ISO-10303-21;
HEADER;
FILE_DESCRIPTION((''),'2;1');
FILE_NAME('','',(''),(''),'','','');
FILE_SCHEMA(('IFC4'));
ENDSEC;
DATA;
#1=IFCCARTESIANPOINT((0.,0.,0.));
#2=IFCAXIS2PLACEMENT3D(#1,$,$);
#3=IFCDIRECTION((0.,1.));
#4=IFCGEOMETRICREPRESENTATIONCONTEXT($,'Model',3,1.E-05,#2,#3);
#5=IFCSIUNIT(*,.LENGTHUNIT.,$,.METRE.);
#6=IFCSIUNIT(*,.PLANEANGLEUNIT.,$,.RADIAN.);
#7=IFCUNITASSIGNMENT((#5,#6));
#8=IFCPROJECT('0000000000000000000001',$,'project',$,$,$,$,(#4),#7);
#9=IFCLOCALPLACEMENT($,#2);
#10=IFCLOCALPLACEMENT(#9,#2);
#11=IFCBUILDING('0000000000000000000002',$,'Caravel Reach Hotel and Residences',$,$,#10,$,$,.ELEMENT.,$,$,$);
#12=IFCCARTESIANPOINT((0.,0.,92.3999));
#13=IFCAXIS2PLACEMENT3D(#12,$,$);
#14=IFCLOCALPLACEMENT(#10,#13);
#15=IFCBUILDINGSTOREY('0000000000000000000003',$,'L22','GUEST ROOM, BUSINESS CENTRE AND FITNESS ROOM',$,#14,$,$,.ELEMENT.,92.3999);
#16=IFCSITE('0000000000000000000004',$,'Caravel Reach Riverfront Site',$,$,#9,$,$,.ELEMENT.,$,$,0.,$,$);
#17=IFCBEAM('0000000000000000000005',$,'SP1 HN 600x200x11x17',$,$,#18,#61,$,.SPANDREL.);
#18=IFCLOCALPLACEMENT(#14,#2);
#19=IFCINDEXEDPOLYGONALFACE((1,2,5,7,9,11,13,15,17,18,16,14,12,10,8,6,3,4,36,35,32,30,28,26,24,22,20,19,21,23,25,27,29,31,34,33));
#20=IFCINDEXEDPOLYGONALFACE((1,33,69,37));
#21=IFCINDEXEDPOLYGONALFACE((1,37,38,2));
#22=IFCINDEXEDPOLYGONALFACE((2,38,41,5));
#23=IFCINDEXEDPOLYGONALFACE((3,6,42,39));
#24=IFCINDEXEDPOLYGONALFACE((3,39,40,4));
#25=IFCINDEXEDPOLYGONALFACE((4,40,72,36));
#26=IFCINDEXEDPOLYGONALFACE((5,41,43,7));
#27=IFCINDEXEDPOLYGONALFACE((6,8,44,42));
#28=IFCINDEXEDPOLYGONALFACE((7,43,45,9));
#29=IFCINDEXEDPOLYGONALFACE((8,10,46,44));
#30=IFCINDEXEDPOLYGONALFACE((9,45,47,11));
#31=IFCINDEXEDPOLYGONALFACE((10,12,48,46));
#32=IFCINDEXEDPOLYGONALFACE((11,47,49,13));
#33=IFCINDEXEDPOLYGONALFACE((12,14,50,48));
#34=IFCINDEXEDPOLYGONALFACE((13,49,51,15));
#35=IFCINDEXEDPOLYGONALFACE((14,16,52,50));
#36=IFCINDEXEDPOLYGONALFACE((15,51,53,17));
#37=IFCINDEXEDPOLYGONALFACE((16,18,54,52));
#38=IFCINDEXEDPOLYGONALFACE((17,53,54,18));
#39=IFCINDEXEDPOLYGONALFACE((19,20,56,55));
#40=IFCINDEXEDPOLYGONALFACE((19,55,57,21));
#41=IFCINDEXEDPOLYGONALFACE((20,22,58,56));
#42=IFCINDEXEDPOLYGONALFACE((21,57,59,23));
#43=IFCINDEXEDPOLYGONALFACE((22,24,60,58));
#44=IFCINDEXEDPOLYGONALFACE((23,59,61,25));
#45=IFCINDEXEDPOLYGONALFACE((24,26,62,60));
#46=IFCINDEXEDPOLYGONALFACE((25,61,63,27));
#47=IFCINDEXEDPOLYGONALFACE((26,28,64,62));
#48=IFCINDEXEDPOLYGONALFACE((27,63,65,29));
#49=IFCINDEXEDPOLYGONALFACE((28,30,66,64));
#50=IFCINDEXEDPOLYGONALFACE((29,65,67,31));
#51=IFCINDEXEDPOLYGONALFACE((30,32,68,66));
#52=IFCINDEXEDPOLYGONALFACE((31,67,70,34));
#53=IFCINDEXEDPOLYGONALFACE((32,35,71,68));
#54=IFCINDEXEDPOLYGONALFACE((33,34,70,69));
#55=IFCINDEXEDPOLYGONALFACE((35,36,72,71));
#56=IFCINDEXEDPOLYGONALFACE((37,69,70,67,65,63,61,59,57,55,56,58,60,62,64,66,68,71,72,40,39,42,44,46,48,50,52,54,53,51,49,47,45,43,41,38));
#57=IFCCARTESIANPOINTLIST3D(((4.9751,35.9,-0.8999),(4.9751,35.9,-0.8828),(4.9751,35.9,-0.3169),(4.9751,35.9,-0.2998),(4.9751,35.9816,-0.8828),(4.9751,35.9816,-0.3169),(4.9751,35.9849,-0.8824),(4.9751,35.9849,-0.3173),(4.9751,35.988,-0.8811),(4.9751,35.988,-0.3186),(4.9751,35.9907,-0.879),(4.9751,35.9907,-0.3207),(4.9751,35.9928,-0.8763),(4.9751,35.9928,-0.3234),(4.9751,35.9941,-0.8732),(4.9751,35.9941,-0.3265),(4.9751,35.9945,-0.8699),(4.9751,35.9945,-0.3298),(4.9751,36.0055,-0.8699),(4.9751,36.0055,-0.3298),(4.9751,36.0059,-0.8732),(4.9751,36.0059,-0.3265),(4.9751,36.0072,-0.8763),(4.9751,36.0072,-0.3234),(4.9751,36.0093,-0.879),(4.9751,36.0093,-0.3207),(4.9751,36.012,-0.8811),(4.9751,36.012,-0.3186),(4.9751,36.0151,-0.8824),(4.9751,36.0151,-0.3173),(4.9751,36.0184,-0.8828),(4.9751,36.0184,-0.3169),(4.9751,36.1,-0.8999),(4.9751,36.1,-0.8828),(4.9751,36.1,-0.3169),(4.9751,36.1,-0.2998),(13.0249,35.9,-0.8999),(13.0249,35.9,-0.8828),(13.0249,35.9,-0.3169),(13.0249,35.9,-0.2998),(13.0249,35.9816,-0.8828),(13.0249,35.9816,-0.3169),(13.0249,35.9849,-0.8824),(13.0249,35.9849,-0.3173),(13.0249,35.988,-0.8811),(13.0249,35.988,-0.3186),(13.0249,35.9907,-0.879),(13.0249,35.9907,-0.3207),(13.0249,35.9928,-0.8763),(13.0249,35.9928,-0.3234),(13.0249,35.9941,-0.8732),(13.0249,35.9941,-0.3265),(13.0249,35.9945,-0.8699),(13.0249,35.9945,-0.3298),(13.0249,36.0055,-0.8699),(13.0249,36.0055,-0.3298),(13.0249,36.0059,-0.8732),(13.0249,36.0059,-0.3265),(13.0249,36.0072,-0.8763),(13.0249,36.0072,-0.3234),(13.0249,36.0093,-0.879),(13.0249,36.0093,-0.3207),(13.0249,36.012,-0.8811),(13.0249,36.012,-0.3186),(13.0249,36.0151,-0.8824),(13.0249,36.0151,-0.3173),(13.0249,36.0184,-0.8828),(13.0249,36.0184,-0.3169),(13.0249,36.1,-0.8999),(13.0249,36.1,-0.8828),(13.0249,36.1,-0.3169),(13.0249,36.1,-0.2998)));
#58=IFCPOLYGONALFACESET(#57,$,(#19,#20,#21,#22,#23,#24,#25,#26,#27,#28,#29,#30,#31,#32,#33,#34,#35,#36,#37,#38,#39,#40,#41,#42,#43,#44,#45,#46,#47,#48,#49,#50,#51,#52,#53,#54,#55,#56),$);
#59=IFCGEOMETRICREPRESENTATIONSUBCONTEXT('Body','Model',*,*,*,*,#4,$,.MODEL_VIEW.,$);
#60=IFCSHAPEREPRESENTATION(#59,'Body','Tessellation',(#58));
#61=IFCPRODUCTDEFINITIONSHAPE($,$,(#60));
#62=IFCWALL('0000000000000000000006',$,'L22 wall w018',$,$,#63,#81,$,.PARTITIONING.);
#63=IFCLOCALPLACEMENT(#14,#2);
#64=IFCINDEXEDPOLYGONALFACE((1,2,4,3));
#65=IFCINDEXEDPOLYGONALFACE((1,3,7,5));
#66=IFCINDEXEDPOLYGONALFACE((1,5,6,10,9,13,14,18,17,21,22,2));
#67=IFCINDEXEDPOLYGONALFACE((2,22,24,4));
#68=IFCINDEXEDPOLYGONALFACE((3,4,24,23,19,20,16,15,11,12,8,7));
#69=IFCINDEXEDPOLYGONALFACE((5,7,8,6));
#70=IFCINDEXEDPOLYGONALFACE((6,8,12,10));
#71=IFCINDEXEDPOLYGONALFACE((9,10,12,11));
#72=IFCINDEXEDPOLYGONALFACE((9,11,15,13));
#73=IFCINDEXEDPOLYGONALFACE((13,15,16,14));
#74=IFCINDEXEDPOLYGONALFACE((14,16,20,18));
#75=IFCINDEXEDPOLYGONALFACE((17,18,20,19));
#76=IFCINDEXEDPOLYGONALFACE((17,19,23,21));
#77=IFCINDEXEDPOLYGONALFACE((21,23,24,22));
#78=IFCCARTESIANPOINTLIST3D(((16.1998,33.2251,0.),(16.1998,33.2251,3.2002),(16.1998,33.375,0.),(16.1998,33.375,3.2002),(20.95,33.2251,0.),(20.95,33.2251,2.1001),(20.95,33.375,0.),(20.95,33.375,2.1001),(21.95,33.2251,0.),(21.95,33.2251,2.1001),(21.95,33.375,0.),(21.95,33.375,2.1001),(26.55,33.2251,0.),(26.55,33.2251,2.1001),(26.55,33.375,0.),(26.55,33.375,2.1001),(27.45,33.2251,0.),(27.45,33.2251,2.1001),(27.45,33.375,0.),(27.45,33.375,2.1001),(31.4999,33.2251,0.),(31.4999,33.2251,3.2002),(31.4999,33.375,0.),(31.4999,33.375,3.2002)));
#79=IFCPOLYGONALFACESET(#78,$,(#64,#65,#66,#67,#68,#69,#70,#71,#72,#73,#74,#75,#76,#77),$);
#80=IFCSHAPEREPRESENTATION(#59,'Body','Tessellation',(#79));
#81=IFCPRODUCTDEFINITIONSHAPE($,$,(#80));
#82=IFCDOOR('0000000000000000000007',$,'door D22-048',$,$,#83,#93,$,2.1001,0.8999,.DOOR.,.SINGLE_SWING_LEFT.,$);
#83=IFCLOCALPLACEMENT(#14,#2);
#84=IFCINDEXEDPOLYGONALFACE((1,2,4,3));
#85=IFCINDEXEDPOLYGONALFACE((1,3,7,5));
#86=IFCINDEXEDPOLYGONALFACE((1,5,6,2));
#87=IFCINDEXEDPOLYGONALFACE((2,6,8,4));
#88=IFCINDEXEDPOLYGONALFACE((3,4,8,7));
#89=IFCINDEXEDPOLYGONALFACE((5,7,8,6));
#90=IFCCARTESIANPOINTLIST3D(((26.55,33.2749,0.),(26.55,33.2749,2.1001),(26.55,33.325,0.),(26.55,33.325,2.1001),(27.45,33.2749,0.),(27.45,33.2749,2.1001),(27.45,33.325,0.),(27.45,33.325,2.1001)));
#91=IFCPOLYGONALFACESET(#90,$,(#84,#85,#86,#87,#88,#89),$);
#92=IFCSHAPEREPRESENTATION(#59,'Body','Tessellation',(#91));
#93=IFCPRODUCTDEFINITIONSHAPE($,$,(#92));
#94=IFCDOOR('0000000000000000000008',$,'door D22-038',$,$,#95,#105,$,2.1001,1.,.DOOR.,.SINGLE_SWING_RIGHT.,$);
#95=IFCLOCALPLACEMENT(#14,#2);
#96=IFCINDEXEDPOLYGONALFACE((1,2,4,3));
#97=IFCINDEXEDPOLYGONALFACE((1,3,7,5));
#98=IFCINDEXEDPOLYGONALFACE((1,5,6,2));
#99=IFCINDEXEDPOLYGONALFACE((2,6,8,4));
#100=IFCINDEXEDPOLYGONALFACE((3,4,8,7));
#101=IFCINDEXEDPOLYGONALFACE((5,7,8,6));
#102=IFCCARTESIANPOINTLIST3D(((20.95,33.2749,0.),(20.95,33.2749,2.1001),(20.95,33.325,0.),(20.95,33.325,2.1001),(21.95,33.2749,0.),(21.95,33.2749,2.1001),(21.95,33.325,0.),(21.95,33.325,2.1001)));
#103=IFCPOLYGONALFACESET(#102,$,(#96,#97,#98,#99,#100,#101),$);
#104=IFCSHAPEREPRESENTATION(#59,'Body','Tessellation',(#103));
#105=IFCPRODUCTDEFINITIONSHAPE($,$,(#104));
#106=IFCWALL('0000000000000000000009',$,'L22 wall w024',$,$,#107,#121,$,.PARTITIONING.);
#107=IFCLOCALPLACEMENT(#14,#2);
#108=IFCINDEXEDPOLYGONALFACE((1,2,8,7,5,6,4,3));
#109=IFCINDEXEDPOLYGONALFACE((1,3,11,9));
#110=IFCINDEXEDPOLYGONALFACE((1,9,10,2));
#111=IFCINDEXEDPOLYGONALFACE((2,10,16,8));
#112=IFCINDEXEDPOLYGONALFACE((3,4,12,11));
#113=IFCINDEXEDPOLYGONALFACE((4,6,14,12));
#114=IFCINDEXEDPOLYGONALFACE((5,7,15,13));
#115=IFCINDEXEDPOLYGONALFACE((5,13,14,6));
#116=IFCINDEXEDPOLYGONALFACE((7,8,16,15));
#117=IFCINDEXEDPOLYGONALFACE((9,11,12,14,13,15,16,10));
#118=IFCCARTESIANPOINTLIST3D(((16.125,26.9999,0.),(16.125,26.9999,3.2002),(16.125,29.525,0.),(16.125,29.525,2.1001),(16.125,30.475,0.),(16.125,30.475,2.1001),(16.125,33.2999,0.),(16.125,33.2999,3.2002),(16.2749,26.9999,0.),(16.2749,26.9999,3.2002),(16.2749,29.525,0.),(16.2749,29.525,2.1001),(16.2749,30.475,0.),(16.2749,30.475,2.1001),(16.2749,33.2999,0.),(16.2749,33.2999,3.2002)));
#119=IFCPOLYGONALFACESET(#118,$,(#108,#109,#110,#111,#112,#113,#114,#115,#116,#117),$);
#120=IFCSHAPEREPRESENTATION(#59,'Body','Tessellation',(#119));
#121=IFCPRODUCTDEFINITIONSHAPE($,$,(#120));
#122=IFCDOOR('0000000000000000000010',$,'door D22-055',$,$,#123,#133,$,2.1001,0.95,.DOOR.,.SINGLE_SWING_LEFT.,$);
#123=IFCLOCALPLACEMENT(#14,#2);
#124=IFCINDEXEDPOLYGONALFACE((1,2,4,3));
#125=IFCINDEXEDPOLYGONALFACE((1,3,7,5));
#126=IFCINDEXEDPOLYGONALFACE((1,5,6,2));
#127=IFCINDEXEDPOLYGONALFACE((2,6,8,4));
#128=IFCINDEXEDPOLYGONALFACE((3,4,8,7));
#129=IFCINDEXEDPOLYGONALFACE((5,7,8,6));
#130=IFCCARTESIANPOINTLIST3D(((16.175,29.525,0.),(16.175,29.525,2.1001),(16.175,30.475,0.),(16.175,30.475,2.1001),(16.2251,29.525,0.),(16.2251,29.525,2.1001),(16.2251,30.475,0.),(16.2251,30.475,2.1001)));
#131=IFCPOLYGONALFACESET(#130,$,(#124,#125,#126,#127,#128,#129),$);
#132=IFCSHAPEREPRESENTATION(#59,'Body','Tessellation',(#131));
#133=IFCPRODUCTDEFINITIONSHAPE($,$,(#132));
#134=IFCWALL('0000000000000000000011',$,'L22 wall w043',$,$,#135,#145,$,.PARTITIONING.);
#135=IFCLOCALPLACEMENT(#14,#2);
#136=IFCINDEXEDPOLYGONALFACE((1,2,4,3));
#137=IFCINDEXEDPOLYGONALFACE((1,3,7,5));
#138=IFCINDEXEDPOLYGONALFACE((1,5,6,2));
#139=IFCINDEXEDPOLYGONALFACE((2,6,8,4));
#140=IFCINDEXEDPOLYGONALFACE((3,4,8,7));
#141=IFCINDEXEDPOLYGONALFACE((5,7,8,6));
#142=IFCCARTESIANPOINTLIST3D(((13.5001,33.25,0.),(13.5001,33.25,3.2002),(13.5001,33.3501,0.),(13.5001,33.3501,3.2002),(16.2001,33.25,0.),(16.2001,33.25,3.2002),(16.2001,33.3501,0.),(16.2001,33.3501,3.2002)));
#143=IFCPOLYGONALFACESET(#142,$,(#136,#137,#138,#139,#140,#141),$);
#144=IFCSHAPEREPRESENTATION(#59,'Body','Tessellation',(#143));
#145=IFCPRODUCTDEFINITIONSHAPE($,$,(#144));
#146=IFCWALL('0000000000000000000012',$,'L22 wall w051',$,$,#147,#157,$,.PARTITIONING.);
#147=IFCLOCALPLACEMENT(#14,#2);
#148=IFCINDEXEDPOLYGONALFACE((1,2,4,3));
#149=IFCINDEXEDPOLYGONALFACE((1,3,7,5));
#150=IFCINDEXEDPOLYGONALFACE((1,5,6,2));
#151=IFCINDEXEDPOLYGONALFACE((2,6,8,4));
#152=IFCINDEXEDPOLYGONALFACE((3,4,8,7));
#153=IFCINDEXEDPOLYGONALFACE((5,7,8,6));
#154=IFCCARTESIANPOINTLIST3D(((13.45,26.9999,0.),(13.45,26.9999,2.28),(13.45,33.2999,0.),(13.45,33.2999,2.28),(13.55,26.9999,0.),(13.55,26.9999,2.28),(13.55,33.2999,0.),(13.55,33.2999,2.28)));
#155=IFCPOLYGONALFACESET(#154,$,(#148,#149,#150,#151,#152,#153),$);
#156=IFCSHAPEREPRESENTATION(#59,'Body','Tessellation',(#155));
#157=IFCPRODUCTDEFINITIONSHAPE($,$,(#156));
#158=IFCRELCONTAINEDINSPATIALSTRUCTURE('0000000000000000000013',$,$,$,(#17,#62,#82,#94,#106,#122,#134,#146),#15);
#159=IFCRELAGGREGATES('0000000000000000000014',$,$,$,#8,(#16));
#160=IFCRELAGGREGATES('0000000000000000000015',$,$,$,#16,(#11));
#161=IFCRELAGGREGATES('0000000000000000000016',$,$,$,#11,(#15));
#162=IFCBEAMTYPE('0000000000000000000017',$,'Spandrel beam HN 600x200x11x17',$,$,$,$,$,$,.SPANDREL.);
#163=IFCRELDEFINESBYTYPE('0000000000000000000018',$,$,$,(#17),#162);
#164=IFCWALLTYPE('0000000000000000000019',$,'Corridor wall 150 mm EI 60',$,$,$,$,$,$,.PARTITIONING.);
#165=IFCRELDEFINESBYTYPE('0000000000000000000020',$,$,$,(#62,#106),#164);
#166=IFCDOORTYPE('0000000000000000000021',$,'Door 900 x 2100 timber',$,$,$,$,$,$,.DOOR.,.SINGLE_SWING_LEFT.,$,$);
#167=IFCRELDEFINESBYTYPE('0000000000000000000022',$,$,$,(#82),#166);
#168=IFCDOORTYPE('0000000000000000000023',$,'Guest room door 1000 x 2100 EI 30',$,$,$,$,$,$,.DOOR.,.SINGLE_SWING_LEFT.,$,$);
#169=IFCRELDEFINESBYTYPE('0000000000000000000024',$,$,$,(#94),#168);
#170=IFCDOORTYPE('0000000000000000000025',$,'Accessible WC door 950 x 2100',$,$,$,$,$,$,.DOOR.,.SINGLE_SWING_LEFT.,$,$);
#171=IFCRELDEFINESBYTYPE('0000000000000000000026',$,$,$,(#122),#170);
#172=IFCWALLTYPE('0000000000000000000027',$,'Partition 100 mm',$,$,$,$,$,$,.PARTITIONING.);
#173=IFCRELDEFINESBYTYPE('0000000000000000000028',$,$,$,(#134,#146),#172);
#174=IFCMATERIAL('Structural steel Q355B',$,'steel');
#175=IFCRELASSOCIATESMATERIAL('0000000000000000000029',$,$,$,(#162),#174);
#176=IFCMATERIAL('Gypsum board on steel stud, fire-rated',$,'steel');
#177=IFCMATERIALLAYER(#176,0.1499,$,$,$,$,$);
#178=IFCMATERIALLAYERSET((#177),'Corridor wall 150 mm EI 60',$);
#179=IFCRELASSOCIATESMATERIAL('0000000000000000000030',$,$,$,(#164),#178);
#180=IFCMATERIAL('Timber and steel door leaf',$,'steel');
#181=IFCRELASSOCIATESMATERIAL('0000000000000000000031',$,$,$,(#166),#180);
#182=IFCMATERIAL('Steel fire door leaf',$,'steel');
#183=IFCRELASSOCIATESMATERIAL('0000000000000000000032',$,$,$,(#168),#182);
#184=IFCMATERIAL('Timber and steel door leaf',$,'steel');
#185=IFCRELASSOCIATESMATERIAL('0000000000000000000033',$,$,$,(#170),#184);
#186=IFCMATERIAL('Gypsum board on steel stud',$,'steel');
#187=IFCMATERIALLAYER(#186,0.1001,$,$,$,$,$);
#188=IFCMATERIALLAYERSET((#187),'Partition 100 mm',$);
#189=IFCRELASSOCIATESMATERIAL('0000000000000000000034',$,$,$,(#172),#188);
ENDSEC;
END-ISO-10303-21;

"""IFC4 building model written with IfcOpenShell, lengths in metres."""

from ifc_helpers import new_model, si_unit, direction, frame, frame_2d, origin, origin_2d, place, context, subcontext, project, spatial, rectangle, i_section, extrude, material, layer, layer_set, material_profile, profile_set, type_object, element, fill, save


model = new_model("IFC4")

# Units and contexts
model_context = context("Model", 3, precision=1e-05, world=origin(), true_north=direction((0.0, 1.0)))
body_context = subcontext(model_context, "Body", "Model", "MODEL_VIEW")
ifc_project = project(units=[si_unit("LENGTHUNIT", "METRE"), si_unit("PLANEANGLEUNIT", "RADIAN")], contexts=[model_context])

# Site, building, storey
site_placement = place(None, origin())
site = spatial("IfcSite", under=ifc_project, at=site_placement, Name="Caravel Reach Riverfront Site", CompositionType="ELEMENT", RefElevation=0.0)
building_placement = place(site_placement, origin())
building = spatial("IfcBuilding", under=site, at=building_placement, Name="Caravel Reach Hotel and Residences", CompositionType="ELEMENT")
storey_placement = place(building_placement, frame((0.0, 0.0, 92.3999)))
storey = spatial("IfcBuildingStorey", under=building, at=storey_placement, Name="L22", Description="GUEST ROOM, BUSINESS CENTRE AND FITNESS ROOM", CompositionType="ELEMENT", Elevation=92.3999)

# Beam
ifc_material_1 = material(Name="Structural steel Q355B", Category="steel")
ifc_material_profile_1 = material_profile(ifc_material_1, i_section(OverallWidth=0.2, OverallDepth=0.6001, WebThickness=0.011, FlangeThickness=0.0171, FilletRadius=0.0129, at=origin_2d()), Name="HN 600x200x11x17")
ifc_profile_set_1 = profile_set([ifc_material_profile_1], Name="Structural steel Q355B")
beam_type_1 = type_object("IfcBeamType", Name="Spandrel beam HN 600x200x11x17", PredefinedType="SPANDREL", material=ifc_profile_set_1)
beam_1_placement = place(storey_placement, frame((13.0249, 36.0, -0.5999), z_axis=(-1.0, 0.0, 0.0), x_axis=(0.0, -1.0, 0.0)))
element("IfcBeam", 1, at=beam_1_placement, inside=storey, type_object=beam_type_1, Name="SP1 HN 600x200x11x17", PredefinedType="SPANDREL", context=body_context, shape_type="SweptSolid", body=[
    extrude(i_section(OverallWidth=0.2, OverallDepth=0.6001, WebThickness=0.011, FlangeThickness=0.0171, FilletRadius=0.0129, at=origin_2d()), origin(), (0.0, 0.0, 1.0), 8.0498),
])

# Wall, openings, doors
ifc_material_2 = material(Name="Gypsum board on steel stud, fire-rated", Category="steel")
ifc_layer_1 = layer(ifc_material_2, 0.1499)
ifc_layer_set_1 = layer_set([ifc_layer_1], Name="Corridor wall 150 mm EI 60")
wall_type_1 = type_object("IfcWallType", Name="Corridor wall 150 mm EI 60", PredefinedType="PARTITIONING", material=ifc_layer_set_1)
wall_1_placement = place(storey_placement, frame((16.2, 33.3, 0.0), z_axis=(0.0, 0.0, 1.0), x_axis=(1.0, 0.0, 0.0)))
wall_1 = element("IfcWall", 2, at=wall_1_placement, inside=storey, type_object=wall_type_1, Name="L22 wall w018", PredefinedType="PARTITIONING", context=body_context, shape_type="SweptSolid", body=[
    extrude(rectangle(XDim=15.3, YDim=0.1499, at=frame_2d((7.6499, 0.0))), origin(), (0.0, 0.0, 1.0), 3.2002),
])
opening_1_placement = place(wall_1_placement, frame((4.75, 0.0, 0.0)))
opening_1 = element("IfcOpeningElement", 3, at=opening_1_placement, cuts=wall_1, PredefinedType="OPENING", context=body_context, shape_type="SweptSolid", body=[
    extrude(rectangle(XDim=1.0, YDim=2.1001, at=frame_2d((0.5, 1.05))), frame((0.0, 0.085, 0.0), z_axis=(0.0, -1.0, 0.0), x_axis=(1.0, 0.0, 0.0)), (0.0, 0.0, 1.0), 0.1699),
])
opening_2_placement = place(wall_1_placement, frame((10.3501, 0.0, 0.0)))
opening_2 = element("IfcOpeningElement", 4, at=opening_2_placement, cuts=wall_1, PredefinedType="OPENING", context=body_context, shape_type="SweptSolid", body=[
    extrude(rectangle(XDim=0.8999, YDim=2.1001, at=frame_2d((0.45, 1.05))), frame((0.0, 0.085, 0.0), z_axis=(0.0, -1.0, 0.0), x_axis=(1.0, 0.0, 0.0)), (0.0, 0.0, 1.0), 0.1699),
])
ifc_material_3 = material(Name="Timber and steel door leaf", Category="steel")
door_type_1 = type_object("IfcDoorType", Name="Door 900 x 2100 timber", OperationType="SINGLE_SWING_LEFT", PredefinedType="DOOR", material=ifc_material_3)
door_1_placement = place(opening_2_placement, origin())
door_1 = element("IfcDoor", 5, at=door_1_placement, inside=storey, type_object=door_type_1, Name="door D22-048", OperationType="SINGLE_SWING_LEFT", OverallHeight=2.1001, OverallWidth=0.8999, PredefinedType="DOOR", context=body_context, shape_type="SweptSolid", body=[
    extrude(rectangle(XDim=0.8999, YDim=2.1001, at=frame_2d((0.45, 1.05))), frame((0.0, 0.0249, 0.0), z_axis=(0.0, -1.0, 0.0), x_axis=(1.0, 0.0, 0.0)), (0.0, 0.0, 1.0), 0.05),
])
fill(opening_2, door_1)
ifc_material_4 = material(Name="Steel fire door leaf", Category="steel")
door_type_2 = type_object("IfcDoorType", Name="Guest room door 1000 x 2100 EI 30", OperationType="SINGLE_SWING_LEFT", PredefinedType="DOOR", material=ifc_material_4)
door_2_placement = place(opening_1_placement, origin())
door_2 = element("IfcDoor", 6, at=door_2_placement, inside=storey, type_object=door_type_2, Name="door D22-038", OperationType="SINGLE_SWING_RIGHT", OverallHeight=2.1001, OverallWidth=1.0, PredefinedType="DOOR", context=body_context, shape_type="SweptSolid", body=[
    extrude(rectangle(XDim=1.0, YDim=2.1001, at=frame_2d((0.5, 1.05))), frame((0.0, 0.0249, 0.0), z_axis=(0.0, -1.0, 0.0), x_axis=(1.0, 0.0, 0.0)), (0.0, 0.0, 1.0), 0.05),
])
fill(opening_1, door_2)

# Wall, opening, door
wall_2_placement = place(storey_placement, frame((16.2, 27.0, 0.0), z_axis=(0.0, 0.0, 1.0), x_axis=(0.0, 1.0, 0.0)))
wall_2 = element("IfcWall", 7, at=wall_2_placement, inside=storey, type_object=wall_type_1, Name="L22 wall w024", PredefinedType="PARTITIONING", context=body_context, shape_type="SweptSolid", body=[
    extrude(rectangle(XDim=6.3, YDim=0.1499, at=frame_2d((3.1499, 0.0))), origin(), (0.0, 0.0, 1.0), 3.2002),
])
opening_3_placement = place(wall_2_placement, frame((2.5249, 0.0, 0.0)))
opening_3 = element("IfcOpeningElement", 8, at=opening_3_placement, cuts=wall_2, PredefinedType="OPENING", context=body_context, shape_type="SweptSolid", body=[
    extrude(rectangle(XDim=0.95, YDim=2.1001, at=frame_2d((0.4751, 1.05))), frame((0.0, 0.085, 0.0), z_axis=(0.0, -1.0, 0.0), x_axis=(1.0, 0.0, 0.0)), (0.0, 0.0, 1.0), 0.1699),
])
ifc_material_5 = material(Name="Timber and steel door leaf", Category="steel")
door_type_3 = type_object("IfcDoorType", Name="Accessible WC door 950 x 2100", OperationType="SINGLE_SWING_LEFT", PredefinedType="DOOR", material=ifc_material_5)
door_3_placement = place(opening_3_placement, origin())
door_3 = element("IfcDoor", 9, at=door_3_placement, inside=storey, type_object=door_type_3, Name="door D22-055", OperationType="SINGLE_SWING_LEFT", OverallHeight=2.1001, OverallWidth=0.95, PredefinedType="DOOR", context=body_context, shape_type="SweptSolid", body=[
    extrude(rectangle(XDim=0.95, YDim=2.1001, at=frame_2d((0.4751, 1.05))), frame((0.0, 0.0249, 0.0), z_axis=(0.0, -1.0, 0.0), x_axis=(1.0, 0.0, 0.0)), (0.0, 0.0, 1.0), 0.05),
])
fill(opening_3, door_3)

# Walls
ifc_material_6 = material(Name="Gypsum board on steel stud", Category="steel")
ifc_layer_2 = layer(ifc_material_6, 0.1001)
ifc_layer_set_2 = layer_set([ifc_layer_2], Name="Partition 100 mm")
wall_type_2 = type_object("IfcWallType", Name="Partition 100 mm", PredefinedType="PARTITIONING", material=ifc_layer_set_2)
wall_3_placement = place(storey_placement, frame((13.5, 33.3, 0.0), z_axis=(0.0, 0.0, 1.0), x_axis=(1.0, 0.0, 0.0)))
element("IfcWall", 10, at=wall_3_placement, inside=storey, type_object=wall_type_2, Name="L22 wall w043", PredefinedType="PARTITIONING", context=body_context, shape_type="SweptSolid", body=[
    extrude(rectangle(XDim=2.7, YDim=0.1001, at=frame_2d((1.3501, 0.0))), origin(), (0.0, 0.0, 1.0), 3.2002),
])
wall_4_placement = place(storey_placement, frame((13.5, 27.0, 0.0), z_axis=(0.0, 0.0, 1.0), x_axis=(0.0, 1.0, 0.0)))
element("IfcWall", 11, at=wall_4_placement, inside=storey, type_object=wall_type_2, Name="L22 wall w051", PredefinedType="PARTITIONING", context=body_context, shape_type="SweptSolid", body=[
    extrude(rectangle(XDim=6.3, YDim=0.1001, at=frame_2d((3.1499, 0.0))), origin(), (0.0, 0.0, 1.0), 2.28),
])

save(model, "model.ifc")
